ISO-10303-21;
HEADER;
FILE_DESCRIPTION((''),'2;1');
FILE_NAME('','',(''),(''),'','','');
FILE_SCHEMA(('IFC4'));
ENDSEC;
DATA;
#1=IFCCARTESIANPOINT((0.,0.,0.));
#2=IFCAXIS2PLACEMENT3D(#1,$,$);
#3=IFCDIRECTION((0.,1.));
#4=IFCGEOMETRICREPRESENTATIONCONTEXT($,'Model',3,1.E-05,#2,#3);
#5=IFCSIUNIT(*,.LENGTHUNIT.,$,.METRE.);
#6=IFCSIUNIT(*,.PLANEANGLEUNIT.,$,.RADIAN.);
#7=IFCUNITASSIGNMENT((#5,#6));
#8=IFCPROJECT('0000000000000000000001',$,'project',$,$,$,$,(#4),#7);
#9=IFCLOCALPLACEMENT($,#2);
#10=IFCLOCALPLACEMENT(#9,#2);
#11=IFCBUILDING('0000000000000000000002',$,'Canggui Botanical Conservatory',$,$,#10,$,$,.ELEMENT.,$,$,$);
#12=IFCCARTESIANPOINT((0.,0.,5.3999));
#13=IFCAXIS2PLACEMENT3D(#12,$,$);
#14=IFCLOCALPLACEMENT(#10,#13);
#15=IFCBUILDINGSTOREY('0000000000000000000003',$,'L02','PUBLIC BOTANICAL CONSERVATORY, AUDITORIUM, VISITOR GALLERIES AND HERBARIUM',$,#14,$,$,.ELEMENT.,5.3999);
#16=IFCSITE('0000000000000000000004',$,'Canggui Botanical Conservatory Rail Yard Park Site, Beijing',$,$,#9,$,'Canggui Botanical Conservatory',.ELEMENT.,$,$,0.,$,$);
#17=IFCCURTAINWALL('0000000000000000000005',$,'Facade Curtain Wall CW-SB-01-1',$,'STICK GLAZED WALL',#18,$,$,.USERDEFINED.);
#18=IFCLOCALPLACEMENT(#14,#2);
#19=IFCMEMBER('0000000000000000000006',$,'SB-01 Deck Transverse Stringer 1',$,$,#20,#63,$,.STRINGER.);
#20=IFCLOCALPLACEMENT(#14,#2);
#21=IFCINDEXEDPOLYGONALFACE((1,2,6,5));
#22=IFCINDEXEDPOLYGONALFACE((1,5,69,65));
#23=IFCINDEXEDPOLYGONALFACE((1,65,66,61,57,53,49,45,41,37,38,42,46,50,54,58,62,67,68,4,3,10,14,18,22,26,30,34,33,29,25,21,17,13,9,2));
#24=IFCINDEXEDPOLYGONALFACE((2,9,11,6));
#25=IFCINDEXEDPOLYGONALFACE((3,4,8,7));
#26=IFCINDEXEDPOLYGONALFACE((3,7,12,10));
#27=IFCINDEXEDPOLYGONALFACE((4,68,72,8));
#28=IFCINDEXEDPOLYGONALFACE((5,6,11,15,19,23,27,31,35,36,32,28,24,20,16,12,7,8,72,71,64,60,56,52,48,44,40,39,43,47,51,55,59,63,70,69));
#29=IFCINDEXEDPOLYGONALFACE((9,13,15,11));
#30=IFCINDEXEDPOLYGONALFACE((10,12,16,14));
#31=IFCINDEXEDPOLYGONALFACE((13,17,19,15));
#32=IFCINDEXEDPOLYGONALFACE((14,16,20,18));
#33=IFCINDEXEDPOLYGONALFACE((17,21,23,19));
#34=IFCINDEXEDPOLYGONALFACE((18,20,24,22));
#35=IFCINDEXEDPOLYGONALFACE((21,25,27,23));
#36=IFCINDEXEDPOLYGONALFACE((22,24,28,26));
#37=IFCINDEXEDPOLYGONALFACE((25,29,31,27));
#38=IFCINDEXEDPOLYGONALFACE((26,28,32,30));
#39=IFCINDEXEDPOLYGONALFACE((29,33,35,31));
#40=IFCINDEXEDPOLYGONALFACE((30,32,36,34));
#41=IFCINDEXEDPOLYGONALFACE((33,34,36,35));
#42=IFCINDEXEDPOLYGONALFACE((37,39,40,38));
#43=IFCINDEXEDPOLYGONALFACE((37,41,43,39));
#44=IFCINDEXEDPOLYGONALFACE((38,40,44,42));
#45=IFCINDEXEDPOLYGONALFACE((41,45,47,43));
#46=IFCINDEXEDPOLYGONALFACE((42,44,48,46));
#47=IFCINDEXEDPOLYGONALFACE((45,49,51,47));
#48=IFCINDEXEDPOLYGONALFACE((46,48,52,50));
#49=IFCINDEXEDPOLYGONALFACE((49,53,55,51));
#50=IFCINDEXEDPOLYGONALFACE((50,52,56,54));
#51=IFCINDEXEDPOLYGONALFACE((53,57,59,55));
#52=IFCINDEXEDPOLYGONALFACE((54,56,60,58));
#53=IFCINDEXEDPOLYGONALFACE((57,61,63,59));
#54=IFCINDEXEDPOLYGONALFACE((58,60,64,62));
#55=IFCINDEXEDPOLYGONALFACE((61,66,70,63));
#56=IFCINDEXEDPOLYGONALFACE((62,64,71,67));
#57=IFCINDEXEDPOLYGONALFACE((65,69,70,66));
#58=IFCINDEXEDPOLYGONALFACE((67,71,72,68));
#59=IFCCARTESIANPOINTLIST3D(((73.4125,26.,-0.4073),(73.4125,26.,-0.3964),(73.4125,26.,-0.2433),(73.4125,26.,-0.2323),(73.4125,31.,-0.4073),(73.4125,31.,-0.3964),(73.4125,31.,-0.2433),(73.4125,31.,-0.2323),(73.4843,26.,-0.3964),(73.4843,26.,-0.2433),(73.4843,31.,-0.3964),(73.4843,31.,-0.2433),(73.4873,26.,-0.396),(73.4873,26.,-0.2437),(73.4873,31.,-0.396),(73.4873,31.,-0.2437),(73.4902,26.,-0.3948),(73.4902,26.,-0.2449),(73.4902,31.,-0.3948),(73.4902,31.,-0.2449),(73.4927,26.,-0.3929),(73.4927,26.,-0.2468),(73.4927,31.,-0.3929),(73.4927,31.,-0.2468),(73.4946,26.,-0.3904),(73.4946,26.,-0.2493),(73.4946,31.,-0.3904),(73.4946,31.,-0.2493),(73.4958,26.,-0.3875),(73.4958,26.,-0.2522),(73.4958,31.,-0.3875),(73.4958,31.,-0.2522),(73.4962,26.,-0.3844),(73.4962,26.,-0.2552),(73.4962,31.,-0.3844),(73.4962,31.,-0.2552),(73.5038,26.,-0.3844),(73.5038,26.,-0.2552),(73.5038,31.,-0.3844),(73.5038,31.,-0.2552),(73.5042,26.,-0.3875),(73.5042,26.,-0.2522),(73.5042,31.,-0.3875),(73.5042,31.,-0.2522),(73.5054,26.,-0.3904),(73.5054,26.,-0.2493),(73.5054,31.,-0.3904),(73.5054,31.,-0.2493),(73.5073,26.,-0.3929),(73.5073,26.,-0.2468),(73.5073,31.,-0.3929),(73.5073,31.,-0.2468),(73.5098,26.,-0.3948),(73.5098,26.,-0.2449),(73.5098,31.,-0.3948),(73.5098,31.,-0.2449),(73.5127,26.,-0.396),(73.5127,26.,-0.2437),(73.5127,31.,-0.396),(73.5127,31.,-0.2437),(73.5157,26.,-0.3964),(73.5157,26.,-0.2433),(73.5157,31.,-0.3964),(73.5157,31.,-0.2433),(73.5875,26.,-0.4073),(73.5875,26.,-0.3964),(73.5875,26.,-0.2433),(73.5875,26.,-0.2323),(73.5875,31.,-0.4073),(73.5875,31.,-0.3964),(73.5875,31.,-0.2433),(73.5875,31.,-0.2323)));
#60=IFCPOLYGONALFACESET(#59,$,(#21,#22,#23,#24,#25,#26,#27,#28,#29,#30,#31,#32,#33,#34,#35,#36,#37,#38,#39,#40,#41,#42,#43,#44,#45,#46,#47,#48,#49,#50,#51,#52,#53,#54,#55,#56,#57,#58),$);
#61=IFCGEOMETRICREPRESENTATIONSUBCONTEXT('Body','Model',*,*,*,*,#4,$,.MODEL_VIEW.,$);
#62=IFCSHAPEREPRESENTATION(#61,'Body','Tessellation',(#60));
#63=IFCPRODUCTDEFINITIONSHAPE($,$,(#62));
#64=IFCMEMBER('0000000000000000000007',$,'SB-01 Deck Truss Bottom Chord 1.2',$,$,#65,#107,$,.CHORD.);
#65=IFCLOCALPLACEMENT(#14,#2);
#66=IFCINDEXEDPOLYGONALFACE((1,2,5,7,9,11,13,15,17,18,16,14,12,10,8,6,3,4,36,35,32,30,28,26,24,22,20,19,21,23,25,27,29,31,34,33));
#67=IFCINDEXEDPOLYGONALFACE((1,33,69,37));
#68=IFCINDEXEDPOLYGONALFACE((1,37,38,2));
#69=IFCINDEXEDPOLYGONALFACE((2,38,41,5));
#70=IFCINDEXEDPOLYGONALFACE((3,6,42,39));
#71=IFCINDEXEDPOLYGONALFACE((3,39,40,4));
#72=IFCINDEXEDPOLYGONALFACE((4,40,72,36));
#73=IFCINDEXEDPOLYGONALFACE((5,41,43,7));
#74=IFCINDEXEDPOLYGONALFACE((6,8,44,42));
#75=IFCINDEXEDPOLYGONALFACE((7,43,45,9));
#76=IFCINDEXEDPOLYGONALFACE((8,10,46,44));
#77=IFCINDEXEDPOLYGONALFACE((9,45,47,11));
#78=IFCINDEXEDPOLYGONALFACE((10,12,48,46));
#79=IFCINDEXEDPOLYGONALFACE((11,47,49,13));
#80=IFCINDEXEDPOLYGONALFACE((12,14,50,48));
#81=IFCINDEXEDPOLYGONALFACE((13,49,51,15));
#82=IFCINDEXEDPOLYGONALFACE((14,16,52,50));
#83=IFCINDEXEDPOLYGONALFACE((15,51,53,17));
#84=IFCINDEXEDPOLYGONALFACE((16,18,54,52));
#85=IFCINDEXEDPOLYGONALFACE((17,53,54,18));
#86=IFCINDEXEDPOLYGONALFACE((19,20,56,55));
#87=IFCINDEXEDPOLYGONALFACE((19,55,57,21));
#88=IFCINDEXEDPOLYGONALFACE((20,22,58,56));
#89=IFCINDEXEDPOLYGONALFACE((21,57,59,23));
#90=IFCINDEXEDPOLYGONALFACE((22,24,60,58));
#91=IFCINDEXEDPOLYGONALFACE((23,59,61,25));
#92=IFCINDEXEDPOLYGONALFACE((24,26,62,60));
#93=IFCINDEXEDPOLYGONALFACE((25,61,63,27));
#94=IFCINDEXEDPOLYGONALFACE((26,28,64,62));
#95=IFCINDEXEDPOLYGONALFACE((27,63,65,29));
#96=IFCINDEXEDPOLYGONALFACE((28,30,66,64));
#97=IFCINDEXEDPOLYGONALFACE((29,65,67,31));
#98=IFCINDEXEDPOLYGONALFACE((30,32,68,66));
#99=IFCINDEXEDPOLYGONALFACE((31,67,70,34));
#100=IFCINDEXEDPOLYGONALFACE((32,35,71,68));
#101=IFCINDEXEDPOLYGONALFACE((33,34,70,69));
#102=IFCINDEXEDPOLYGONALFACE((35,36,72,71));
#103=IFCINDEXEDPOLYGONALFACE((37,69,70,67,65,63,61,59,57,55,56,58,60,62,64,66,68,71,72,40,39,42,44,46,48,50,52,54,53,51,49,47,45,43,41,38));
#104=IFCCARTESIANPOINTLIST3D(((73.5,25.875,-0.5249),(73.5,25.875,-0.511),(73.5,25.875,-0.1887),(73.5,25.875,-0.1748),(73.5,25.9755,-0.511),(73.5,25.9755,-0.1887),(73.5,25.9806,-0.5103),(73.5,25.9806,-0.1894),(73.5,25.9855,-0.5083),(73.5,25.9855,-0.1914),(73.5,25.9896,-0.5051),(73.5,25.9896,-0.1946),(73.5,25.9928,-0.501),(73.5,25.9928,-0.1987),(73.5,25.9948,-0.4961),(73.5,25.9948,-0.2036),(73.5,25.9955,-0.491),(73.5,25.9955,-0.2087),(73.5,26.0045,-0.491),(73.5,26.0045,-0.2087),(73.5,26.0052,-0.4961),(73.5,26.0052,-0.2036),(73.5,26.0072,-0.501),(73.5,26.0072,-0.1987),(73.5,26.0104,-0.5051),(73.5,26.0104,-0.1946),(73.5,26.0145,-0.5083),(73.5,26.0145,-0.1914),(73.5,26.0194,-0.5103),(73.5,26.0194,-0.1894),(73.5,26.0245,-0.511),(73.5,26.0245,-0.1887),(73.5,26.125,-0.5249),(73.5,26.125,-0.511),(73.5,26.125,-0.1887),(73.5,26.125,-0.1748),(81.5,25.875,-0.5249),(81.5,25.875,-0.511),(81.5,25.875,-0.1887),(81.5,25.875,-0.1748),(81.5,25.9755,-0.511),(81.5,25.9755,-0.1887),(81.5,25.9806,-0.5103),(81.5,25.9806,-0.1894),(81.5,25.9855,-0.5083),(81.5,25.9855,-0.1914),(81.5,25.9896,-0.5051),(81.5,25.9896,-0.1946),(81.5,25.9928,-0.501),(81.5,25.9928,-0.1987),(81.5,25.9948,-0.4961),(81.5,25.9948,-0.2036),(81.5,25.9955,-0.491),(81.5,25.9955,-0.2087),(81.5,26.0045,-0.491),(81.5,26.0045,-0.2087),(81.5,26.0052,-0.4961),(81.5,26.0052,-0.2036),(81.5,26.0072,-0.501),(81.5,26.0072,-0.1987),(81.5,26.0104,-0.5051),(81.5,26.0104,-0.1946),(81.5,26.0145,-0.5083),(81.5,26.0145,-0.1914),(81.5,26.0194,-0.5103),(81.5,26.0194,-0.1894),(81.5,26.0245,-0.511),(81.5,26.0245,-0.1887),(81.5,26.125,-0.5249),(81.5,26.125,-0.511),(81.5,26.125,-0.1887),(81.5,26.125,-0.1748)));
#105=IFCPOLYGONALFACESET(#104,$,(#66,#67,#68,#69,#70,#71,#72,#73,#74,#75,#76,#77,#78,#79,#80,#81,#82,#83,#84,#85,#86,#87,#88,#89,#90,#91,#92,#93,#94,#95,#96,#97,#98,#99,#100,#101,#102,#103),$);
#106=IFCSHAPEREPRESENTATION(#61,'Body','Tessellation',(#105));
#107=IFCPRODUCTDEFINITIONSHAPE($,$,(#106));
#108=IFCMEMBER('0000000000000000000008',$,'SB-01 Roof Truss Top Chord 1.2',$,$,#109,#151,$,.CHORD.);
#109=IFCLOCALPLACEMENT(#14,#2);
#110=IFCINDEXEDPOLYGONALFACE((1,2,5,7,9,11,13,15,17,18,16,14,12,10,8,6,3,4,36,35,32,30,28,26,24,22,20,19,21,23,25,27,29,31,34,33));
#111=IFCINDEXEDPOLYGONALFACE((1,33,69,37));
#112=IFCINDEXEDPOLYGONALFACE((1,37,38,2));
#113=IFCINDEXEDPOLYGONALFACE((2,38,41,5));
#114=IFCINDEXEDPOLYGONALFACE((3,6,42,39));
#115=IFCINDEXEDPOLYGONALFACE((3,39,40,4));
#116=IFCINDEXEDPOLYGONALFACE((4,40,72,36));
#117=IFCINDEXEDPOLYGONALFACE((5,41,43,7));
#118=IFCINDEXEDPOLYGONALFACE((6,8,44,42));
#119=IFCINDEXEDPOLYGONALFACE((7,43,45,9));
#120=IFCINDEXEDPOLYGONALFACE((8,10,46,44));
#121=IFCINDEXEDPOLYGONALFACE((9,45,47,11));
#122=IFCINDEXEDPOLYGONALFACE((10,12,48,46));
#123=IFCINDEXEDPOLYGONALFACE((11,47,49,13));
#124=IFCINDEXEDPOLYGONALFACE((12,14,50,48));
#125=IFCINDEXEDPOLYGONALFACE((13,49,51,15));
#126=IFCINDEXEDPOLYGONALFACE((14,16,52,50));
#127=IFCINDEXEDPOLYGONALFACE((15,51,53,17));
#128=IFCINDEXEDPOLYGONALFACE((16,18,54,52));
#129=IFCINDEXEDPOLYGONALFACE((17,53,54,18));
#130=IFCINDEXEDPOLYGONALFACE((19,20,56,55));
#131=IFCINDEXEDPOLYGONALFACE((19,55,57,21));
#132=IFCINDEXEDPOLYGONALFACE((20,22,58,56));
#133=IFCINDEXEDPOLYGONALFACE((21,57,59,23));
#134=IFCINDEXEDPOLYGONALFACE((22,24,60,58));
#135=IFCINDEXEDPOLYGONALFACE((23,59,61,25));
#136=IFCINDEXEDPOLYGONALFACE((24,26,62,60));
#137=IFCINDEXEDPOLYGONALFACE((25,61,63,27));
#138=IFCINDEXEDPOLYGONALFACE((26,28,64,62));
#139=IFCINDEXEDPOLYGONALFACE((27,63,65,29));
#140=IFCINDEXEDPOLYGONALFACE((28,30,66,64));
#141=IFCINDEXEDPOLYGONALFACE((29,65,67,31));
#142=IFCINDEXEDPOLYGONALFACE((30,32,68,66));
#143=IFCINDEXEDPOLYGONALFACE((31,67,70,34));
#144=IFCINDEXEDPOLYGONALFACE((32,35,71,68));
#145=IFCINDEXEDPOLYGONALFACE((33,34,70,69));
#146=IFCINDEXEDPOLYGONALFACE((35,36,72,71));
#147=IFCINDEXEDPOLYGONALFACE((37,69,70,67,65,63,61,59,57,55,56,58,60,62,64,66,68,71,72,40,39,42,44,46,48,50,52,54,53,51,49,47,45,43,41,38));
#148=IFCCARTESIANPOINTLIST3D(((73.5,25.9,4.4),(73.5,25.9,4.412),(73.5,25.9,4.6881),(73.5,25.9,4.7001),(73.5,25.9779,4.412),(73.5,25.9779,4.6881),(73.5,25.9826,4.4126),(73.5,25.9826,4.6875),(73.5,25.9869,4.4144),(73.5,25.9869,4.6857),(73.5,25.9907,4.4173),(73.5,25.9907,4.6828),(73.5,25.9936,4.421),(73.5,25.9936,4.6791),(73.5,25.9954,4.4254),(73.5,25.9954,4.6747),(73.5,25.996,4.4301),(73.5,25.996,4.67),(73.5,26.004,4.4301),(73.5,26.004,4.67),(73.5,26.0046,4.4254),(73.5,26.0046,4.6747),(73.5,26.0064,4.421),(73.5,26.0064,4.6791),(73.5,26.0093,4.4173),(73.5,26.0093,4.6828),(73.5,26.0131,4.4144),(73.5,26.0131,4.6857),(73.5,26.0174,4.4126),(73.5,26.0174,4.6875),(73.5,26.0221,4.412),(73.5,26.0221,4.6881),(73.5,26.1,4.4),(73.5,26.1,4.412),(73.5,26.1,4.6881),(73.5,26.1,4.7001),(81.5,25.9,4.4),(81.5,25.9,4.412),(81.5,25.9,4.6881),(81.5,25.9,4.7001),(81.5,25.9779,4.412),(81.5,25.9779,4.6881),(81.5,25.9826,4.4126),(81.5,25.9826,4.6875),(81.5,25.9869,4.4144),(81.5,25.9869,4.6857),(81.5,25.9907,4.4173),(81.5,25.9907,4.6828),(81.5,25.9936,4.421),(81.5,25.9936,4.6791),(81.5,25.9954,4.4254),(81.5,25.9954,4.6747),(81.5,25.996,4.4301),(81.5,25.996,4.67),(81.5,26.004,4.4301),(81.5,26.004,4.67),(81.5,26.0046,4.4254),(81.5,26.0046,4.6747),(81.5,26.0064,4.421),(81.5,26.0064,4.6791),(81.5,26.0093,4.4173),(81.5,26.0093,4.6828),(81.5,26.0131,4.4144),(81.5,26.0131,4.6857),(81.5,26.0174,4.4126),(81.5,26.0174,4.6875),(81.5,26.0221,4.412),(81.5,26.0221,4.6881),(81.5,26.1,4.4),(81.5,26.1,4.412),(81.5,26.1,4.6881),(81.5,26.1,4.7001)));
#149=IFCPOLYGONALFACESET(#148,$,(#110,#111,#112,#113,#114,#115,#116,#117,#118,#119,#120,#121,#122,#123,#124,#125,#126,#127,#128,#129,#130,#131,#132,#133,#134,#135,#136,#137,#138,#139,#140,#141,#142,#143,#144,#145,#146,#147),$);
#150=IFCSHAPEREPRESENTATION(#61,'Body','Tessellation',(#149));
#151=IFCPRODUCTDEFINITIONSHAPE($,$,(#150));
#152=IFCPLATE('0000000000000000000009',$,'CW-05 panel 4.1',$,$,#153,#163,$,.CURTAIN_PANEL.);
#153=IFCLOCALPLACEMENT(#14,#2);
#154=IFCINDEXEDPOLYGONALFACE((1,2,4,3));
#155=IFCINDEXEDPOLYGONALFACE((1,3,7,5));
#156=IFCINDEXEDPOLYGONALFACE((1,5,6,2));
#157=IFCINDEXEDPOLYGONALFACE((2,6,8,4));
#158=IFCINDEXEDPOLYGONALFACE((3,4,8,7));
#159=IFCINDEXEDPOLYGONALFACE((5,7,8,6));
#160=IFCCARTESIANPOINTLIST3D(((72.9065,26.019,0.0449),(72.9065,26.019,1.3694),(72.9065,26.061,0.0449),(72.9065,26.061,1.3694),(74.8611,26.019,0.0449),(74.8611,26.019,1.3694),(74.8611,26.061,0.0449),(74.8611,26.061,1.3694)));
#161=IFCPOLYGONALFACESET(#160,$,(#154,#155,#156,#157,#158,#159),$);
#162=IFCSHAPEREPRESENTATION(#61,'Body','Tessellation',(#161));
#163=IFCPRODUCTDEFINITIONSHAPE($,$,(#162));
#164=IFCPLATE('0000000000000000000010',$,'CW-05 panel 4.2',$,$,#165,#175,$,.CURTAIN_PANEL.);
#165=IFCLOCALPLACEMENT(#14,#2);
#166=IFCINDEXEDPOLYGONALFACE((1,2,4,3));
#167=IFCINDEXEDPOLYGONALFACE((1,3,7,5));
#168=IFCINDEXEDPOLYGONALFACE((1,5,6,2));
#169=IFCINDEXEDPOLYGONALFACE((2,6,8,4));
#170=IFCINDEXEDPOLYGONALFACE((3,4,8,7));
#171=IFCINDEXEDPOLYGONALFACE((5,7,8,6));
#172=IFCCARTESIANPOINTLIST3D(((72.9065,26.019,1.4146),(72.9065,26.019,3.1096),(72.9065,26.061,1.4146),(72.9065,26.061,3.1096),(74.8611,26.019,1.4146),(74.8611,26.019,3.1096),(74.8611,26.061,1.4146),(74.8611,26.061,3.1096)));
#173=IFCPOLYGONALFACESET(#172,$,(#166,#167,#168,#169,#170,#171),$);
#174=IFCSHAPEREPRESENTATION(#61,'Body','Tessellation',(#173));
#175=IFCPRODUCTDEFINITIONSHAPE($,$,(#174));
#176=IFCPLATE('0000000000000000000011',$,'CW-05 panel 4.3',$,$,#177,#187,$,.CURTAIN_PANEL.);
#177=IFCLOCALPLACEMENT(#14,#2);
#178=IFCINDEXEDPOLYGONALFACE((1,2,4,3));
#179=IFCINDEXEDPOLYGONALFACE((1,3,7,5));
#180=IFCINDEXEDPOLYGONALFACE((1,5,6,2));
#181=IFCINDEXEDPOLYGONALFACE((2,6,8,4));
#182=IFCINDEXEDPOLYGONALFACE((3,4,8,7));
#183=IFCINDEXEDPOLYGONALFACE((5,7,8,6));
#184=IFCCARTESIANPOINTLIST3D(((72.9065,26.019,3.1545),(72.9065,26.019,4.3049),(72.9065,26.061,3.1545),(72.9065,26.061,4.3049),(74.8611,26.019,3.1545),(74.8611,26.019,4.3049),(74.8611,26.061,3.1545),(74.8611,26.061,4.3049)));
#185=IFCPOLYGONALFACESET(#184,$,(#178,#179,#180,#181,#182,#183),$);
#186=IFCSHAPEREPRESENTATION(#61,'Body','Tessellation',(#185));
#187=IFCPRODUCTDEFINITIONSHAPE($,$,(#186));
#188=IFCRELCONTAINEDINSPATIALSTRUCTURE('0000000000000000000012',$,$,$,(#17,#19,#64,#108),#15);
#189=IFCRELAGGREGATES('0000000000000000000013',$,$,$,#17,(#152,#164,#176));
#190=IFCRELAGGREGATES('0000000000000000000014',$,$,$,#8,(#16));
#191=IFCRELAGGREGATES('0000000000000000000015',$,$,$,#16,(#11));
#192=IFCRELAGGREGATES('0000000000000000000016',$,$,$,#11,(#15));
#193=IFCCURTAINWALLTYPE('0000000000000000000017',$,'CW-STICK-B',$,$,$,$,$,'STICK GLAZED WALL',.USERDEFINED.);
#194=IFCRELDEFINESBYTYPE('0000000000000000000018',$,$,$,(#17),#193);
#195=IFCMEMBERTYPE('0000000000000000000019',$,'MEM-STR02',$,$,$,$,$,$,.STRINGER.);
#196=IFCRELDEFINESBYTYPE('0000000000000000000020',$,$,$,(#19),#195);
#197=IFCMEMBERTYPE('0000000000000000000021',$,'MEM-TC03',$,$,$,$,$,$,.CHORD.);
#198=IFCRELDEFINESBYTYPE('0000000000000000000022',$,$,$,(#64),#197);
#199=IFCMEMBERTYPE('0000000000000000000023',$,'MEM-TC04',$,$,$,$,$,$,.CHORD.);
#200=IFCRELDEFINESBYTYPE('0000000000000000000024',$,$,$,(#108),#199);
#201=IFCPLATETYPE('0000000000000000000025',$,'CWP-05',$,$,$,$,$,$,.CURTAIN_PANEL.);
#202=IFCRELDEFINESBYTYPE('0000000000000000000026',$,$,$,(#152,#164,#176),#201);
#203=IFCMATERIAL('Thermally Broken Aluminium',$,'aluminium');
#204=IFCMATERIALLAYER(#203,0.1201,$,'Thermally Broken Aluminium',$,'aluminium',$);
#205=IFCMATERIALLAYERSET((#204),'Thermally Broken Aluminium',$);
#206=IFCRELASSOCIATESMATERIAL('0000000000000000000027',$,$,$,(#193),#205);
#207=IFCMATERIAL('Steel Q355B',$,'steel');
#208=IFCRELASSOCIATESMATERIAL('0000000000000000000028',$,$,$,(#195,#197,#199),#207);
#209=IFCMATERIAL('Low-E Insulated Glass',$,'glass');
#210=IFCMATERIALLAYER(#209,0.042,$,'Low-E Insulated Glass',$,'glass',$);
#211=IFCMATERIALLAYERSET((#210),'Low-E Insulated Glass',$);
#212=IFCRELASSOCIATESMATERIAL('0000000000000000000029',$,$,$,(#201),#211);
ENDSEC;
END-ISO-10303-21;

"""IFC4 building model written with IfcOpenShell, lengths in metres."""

from ifc_helpers import new_model, si_unit, direction, frame, origin, origin_2d, place, context, subcontext, project, spatial, rectangle, i_section, extrude, material, layer, layer_set, material_profile, profile_set, type_object, element, aggregate, save


model = new_model("IFC4")

# Units and contexts
model_context = context("Model", 3, precision=1e-05, world=origin(), true_north=direction((0.0, 1.0)))
body_context = subcontext(model_context, "Body", "Model", "MODEL_VIEW")
ifc_project = project(units=[si_unit("LENGTHUNIT", "METRE"), si_unit("PLANEANGLEUNIT", "RADIAN")], contexts=[model_context])

# Site, building, storey
site_placement = place(None, origin())
site = spatial("IfcSite", under=ifc_project, at=site_placement, Name="Canggui Botanical Conservatory Rail Yard Park Site, Beijing", LongName="Canggui Botanical Conservatory", CompositionType="ELEMENT", RefElevation=0.0)
building_placement = place(site_placement, origin())
building = spatial("IfcBuilding", under=site, at=building_placement, Name="Canggui Botanical Conservatory", CompositionType="ELEMENT")
storey_placement = place(building_placement, frame((0.0, 0.0, 5.3999)))
storey = spatial("IfcBuildingStorey", under=building, at=storey_placement, Name="L02", Description="PUBLIC BOTANICAL CONSERVATORY, AUDITORIUM, VISITOR GALLERIES AND HERBARIUM", CompositionType="ELEMENT", Elevation=5.3999)

# Shared definitions
ifc_material_1 = material(Name="Steel Q355B", Category="steel")

# Curtain wall
ifc_material_2 = material(Name="Thermally Broken Aluminium", Category="aluminium")
ifc_layer_1 = layer(ifc_material_2, 0.1201, Name="Thermally Broken Aluminium", Category="aluminium")
ifc_layer_set_1 = layer_set([ifc_layer_1], Name="Thermally Broken Aluminium")
curtain_wall_type = type_object("IfcCurtainWallType", Name="CW-STICK-B", ElementType="STICK GLAZED WALL", PredefinedType="USERDEFINED", material=ifc_layer_set_1)
curtain_wall_1_placement = place(storey_placement, origin())
curtain_wall_1 = element("IfcCurtainWall", 1, at=curtain_wall_1_placement, inside=storey, type_object=curtain_wall_type, Name="Facade Curtain Wall CW-SB-01-1", ObjectType="STICK GLAZED WALL", PredefinedType="USERDEFINED")

# Members
ifc_material_profile_1 = material_profile(ifc_material_1, i_section(OverallWidth=0.175, OverallDepth=0.175, WebThickness=0.0076, FlangeThickness=0.011, FilletRadius=0.012, at=origin_2d()), Name="HW 175x175x7.5x11")
ifc_profile_set_1 = profile_set([ifc_material_profile_1], Name="Steel Q355B")
member_type_1 = type_object("IfcMemberType", Name="MEM-STR02", PredefinedType="STRINGER", material=ifc_profile_set_1)
member_1_placement = place(storey_placement, frame((73.5, 26.0, -0.3198), z_axis=(0.0, 1.0, 0.0), x_axis=(-1.0, 0.0, 0.0)))
element("IfcMember", 2, at=member_1_placement, inside=storey, type_object=member_type_1, Name="SB-01 Deck Transverse Stringer 1", PredefinedType="STRINGER", context=body_context, shape_type="SweptSolid", body=[
    extrude(i_section(OverallWidth=0.175, OverallDepth=0.175, WebThickness=0.0076, FlangeThickness=0.011, FilletRadius=0.012, at=origin_2d()), origin(), (0.0, 0.0, 1.0), 5.0),
])
ifc_material_profile_2 = material_profile(ifc_material_1, i_section(OverallWidth=0.25, OverallDepth=0.3501, WebThickness=0.009, FlangeThickness=0.0139, FilletRadius=0.02, at=origin_2d()), Name="HM 350x250x9x14")
ifc_profile_set_2 = profile_set([ifc_material_profile_2], Name="Steel Q355B")
member_type_2 = type_object("IfcMemberType", Name="MEM-TC03", PredefinedType="CHORD", material=ifc_profile_set_2)
member_2_placement = place(storey_placement, frame((73.5, 26.0, -0.3499), z_axis=(1.0, 0.0, 0.0), x_axis=(0.0, 1.0, 0.0)))
element("IfcMember", 3, at=member_2_placement, inside=storey, type_object=member_type_2, Name="SB-01 Deck Truss Bottom Chord 1.2", PredefinedType="CHORD", context=body_context, shape_type="SweptSolid", body=[
    extrude(i_section(OverallWidth=0.25, OverallDepth=0.3501, WebThickness=0.009, FlangeThickness=0.0139, FilletRadius=0.02, at=origin_2d()), origin(), (0.0, 0.0, 1.0), 8.0),
])
ifc_material_profile_3 = material_profile(ifc_material_1, i_section(OverallWidth=0.2, OverallDepth=0.3, WebThickness=0.0081, FlangeThickness=0.012, FilletRadius=0.0181, at=origin_2d()), Name="HM 300x200x8x12")
ifc_profile_set_3 = profile_set([ifc_material_profile_3], Name="Steel Q355B")
member_type_3 = type_object("IfcMemberType", Name="MEM-TC04", PredefinedType="CHORD", material=ifc_profile_set_3)
member_3_placement = place(storey_placement, frame((73.5, 26.0, 4.55), z_axis=(1.0, 0.0, 0.0), x_axis=(0.0, 1.0, 0.0)))
element("IfcMember", 4, at=member_3_placement, inside=storey, type_object=member_type_3, Name="SB-01 Roof Truss Top Chord 1.2", PredefinedType="CHORD", context=body_context, shape_type="SweptSolid", body=[
    extrude(i_section(OverallWidth=0.2, OverallDepth=0.3, WebThickness=0.0081, FlangeThickness=0.012, FilletRadius=0.0181, at=origin_2d()), origin(), (0.0, 0.0, 1.0), 8.0),
])

# Plates
ifc_material_3 = material(Name="Low-E Insulated Glass", Category="glass")
ifc_layer_2 = layer(ifc_material_3, 0.042, Name="Low-E Insulated Glass", Category="glass")
ifc_layer_set_2 = layer_set([ifc_layer_2], Name="Low-E Insulated Glass")
plate_type_1 = type_object("IfcPlateType", Name="CWP-05", PredefinedType="CURTAIN_PANEL", material=ifc_layer_set_2)
plate_1_placement = place(storey_placement, frame((73.8838, 26.04, 0.0449), z_axis=(0.0, 0.0, 1.0), x_axis=(1.0, 0.0, 0.0)))
plate_1 = element("IfcPlate", 5, at=plate_1_placement, type_object=plate_type_1, Name="CW-05 panel 4.1", PredefinedType="CURTAIN_PANEL", context=body_context, shape_type="SweptSolid", body=[
    extrude(rectangle(XDim=1.9546, YDim=0.042, at=origin_2d()), origin(), (0.0, 0.0, 1.0), 1.3245),
])
plate_2_placement = place(storey_placement, frame((73.8838, 26.04, 1.4146), z_axis=(0.0, 0.0, 1.0), x_axis=(1.0, 0.0, 0.0)))
plate_2 = element("IfcPlate", 6, at=plate_2_placement, type_object=plate_type_1, Name="CW-05 panel 4.2", PredefinedType="CURTAIN_PANEL", context=body_context, shape_type="SweptSolid", body=[
    extrude(rectangle(XDim=1.9546, YDim=0.042, at=origin_2d()), origin(), (0.0, 0.0, 1.0), 1.6951),
])
plate_3_placement = place(storey_placement, frame((73.8838, 26.04, 3.1545), z_axis=(0.0, 0.0, 1.0), x_axis=(1.0, 0.0, 0.0)))
plate_3 = element("IfcPlate", 7, at=plate_3_placement, type_object=plate_type_1, Name="CW-05 panel 4.3", PredefinedType="CURTAIN_PANEL", context=body_context, shape_type="SweptSolid", body=[
    extrude(rectangle(XDim=1.9546, YDim=0.042, at=origin_2d()), origin(), (0.0, 0.0, 1.0), 1.1504),
])
aggregate(curtain_wall_1, [plate_1, plate_2, plate_3])

save(model, "model.ifc")
